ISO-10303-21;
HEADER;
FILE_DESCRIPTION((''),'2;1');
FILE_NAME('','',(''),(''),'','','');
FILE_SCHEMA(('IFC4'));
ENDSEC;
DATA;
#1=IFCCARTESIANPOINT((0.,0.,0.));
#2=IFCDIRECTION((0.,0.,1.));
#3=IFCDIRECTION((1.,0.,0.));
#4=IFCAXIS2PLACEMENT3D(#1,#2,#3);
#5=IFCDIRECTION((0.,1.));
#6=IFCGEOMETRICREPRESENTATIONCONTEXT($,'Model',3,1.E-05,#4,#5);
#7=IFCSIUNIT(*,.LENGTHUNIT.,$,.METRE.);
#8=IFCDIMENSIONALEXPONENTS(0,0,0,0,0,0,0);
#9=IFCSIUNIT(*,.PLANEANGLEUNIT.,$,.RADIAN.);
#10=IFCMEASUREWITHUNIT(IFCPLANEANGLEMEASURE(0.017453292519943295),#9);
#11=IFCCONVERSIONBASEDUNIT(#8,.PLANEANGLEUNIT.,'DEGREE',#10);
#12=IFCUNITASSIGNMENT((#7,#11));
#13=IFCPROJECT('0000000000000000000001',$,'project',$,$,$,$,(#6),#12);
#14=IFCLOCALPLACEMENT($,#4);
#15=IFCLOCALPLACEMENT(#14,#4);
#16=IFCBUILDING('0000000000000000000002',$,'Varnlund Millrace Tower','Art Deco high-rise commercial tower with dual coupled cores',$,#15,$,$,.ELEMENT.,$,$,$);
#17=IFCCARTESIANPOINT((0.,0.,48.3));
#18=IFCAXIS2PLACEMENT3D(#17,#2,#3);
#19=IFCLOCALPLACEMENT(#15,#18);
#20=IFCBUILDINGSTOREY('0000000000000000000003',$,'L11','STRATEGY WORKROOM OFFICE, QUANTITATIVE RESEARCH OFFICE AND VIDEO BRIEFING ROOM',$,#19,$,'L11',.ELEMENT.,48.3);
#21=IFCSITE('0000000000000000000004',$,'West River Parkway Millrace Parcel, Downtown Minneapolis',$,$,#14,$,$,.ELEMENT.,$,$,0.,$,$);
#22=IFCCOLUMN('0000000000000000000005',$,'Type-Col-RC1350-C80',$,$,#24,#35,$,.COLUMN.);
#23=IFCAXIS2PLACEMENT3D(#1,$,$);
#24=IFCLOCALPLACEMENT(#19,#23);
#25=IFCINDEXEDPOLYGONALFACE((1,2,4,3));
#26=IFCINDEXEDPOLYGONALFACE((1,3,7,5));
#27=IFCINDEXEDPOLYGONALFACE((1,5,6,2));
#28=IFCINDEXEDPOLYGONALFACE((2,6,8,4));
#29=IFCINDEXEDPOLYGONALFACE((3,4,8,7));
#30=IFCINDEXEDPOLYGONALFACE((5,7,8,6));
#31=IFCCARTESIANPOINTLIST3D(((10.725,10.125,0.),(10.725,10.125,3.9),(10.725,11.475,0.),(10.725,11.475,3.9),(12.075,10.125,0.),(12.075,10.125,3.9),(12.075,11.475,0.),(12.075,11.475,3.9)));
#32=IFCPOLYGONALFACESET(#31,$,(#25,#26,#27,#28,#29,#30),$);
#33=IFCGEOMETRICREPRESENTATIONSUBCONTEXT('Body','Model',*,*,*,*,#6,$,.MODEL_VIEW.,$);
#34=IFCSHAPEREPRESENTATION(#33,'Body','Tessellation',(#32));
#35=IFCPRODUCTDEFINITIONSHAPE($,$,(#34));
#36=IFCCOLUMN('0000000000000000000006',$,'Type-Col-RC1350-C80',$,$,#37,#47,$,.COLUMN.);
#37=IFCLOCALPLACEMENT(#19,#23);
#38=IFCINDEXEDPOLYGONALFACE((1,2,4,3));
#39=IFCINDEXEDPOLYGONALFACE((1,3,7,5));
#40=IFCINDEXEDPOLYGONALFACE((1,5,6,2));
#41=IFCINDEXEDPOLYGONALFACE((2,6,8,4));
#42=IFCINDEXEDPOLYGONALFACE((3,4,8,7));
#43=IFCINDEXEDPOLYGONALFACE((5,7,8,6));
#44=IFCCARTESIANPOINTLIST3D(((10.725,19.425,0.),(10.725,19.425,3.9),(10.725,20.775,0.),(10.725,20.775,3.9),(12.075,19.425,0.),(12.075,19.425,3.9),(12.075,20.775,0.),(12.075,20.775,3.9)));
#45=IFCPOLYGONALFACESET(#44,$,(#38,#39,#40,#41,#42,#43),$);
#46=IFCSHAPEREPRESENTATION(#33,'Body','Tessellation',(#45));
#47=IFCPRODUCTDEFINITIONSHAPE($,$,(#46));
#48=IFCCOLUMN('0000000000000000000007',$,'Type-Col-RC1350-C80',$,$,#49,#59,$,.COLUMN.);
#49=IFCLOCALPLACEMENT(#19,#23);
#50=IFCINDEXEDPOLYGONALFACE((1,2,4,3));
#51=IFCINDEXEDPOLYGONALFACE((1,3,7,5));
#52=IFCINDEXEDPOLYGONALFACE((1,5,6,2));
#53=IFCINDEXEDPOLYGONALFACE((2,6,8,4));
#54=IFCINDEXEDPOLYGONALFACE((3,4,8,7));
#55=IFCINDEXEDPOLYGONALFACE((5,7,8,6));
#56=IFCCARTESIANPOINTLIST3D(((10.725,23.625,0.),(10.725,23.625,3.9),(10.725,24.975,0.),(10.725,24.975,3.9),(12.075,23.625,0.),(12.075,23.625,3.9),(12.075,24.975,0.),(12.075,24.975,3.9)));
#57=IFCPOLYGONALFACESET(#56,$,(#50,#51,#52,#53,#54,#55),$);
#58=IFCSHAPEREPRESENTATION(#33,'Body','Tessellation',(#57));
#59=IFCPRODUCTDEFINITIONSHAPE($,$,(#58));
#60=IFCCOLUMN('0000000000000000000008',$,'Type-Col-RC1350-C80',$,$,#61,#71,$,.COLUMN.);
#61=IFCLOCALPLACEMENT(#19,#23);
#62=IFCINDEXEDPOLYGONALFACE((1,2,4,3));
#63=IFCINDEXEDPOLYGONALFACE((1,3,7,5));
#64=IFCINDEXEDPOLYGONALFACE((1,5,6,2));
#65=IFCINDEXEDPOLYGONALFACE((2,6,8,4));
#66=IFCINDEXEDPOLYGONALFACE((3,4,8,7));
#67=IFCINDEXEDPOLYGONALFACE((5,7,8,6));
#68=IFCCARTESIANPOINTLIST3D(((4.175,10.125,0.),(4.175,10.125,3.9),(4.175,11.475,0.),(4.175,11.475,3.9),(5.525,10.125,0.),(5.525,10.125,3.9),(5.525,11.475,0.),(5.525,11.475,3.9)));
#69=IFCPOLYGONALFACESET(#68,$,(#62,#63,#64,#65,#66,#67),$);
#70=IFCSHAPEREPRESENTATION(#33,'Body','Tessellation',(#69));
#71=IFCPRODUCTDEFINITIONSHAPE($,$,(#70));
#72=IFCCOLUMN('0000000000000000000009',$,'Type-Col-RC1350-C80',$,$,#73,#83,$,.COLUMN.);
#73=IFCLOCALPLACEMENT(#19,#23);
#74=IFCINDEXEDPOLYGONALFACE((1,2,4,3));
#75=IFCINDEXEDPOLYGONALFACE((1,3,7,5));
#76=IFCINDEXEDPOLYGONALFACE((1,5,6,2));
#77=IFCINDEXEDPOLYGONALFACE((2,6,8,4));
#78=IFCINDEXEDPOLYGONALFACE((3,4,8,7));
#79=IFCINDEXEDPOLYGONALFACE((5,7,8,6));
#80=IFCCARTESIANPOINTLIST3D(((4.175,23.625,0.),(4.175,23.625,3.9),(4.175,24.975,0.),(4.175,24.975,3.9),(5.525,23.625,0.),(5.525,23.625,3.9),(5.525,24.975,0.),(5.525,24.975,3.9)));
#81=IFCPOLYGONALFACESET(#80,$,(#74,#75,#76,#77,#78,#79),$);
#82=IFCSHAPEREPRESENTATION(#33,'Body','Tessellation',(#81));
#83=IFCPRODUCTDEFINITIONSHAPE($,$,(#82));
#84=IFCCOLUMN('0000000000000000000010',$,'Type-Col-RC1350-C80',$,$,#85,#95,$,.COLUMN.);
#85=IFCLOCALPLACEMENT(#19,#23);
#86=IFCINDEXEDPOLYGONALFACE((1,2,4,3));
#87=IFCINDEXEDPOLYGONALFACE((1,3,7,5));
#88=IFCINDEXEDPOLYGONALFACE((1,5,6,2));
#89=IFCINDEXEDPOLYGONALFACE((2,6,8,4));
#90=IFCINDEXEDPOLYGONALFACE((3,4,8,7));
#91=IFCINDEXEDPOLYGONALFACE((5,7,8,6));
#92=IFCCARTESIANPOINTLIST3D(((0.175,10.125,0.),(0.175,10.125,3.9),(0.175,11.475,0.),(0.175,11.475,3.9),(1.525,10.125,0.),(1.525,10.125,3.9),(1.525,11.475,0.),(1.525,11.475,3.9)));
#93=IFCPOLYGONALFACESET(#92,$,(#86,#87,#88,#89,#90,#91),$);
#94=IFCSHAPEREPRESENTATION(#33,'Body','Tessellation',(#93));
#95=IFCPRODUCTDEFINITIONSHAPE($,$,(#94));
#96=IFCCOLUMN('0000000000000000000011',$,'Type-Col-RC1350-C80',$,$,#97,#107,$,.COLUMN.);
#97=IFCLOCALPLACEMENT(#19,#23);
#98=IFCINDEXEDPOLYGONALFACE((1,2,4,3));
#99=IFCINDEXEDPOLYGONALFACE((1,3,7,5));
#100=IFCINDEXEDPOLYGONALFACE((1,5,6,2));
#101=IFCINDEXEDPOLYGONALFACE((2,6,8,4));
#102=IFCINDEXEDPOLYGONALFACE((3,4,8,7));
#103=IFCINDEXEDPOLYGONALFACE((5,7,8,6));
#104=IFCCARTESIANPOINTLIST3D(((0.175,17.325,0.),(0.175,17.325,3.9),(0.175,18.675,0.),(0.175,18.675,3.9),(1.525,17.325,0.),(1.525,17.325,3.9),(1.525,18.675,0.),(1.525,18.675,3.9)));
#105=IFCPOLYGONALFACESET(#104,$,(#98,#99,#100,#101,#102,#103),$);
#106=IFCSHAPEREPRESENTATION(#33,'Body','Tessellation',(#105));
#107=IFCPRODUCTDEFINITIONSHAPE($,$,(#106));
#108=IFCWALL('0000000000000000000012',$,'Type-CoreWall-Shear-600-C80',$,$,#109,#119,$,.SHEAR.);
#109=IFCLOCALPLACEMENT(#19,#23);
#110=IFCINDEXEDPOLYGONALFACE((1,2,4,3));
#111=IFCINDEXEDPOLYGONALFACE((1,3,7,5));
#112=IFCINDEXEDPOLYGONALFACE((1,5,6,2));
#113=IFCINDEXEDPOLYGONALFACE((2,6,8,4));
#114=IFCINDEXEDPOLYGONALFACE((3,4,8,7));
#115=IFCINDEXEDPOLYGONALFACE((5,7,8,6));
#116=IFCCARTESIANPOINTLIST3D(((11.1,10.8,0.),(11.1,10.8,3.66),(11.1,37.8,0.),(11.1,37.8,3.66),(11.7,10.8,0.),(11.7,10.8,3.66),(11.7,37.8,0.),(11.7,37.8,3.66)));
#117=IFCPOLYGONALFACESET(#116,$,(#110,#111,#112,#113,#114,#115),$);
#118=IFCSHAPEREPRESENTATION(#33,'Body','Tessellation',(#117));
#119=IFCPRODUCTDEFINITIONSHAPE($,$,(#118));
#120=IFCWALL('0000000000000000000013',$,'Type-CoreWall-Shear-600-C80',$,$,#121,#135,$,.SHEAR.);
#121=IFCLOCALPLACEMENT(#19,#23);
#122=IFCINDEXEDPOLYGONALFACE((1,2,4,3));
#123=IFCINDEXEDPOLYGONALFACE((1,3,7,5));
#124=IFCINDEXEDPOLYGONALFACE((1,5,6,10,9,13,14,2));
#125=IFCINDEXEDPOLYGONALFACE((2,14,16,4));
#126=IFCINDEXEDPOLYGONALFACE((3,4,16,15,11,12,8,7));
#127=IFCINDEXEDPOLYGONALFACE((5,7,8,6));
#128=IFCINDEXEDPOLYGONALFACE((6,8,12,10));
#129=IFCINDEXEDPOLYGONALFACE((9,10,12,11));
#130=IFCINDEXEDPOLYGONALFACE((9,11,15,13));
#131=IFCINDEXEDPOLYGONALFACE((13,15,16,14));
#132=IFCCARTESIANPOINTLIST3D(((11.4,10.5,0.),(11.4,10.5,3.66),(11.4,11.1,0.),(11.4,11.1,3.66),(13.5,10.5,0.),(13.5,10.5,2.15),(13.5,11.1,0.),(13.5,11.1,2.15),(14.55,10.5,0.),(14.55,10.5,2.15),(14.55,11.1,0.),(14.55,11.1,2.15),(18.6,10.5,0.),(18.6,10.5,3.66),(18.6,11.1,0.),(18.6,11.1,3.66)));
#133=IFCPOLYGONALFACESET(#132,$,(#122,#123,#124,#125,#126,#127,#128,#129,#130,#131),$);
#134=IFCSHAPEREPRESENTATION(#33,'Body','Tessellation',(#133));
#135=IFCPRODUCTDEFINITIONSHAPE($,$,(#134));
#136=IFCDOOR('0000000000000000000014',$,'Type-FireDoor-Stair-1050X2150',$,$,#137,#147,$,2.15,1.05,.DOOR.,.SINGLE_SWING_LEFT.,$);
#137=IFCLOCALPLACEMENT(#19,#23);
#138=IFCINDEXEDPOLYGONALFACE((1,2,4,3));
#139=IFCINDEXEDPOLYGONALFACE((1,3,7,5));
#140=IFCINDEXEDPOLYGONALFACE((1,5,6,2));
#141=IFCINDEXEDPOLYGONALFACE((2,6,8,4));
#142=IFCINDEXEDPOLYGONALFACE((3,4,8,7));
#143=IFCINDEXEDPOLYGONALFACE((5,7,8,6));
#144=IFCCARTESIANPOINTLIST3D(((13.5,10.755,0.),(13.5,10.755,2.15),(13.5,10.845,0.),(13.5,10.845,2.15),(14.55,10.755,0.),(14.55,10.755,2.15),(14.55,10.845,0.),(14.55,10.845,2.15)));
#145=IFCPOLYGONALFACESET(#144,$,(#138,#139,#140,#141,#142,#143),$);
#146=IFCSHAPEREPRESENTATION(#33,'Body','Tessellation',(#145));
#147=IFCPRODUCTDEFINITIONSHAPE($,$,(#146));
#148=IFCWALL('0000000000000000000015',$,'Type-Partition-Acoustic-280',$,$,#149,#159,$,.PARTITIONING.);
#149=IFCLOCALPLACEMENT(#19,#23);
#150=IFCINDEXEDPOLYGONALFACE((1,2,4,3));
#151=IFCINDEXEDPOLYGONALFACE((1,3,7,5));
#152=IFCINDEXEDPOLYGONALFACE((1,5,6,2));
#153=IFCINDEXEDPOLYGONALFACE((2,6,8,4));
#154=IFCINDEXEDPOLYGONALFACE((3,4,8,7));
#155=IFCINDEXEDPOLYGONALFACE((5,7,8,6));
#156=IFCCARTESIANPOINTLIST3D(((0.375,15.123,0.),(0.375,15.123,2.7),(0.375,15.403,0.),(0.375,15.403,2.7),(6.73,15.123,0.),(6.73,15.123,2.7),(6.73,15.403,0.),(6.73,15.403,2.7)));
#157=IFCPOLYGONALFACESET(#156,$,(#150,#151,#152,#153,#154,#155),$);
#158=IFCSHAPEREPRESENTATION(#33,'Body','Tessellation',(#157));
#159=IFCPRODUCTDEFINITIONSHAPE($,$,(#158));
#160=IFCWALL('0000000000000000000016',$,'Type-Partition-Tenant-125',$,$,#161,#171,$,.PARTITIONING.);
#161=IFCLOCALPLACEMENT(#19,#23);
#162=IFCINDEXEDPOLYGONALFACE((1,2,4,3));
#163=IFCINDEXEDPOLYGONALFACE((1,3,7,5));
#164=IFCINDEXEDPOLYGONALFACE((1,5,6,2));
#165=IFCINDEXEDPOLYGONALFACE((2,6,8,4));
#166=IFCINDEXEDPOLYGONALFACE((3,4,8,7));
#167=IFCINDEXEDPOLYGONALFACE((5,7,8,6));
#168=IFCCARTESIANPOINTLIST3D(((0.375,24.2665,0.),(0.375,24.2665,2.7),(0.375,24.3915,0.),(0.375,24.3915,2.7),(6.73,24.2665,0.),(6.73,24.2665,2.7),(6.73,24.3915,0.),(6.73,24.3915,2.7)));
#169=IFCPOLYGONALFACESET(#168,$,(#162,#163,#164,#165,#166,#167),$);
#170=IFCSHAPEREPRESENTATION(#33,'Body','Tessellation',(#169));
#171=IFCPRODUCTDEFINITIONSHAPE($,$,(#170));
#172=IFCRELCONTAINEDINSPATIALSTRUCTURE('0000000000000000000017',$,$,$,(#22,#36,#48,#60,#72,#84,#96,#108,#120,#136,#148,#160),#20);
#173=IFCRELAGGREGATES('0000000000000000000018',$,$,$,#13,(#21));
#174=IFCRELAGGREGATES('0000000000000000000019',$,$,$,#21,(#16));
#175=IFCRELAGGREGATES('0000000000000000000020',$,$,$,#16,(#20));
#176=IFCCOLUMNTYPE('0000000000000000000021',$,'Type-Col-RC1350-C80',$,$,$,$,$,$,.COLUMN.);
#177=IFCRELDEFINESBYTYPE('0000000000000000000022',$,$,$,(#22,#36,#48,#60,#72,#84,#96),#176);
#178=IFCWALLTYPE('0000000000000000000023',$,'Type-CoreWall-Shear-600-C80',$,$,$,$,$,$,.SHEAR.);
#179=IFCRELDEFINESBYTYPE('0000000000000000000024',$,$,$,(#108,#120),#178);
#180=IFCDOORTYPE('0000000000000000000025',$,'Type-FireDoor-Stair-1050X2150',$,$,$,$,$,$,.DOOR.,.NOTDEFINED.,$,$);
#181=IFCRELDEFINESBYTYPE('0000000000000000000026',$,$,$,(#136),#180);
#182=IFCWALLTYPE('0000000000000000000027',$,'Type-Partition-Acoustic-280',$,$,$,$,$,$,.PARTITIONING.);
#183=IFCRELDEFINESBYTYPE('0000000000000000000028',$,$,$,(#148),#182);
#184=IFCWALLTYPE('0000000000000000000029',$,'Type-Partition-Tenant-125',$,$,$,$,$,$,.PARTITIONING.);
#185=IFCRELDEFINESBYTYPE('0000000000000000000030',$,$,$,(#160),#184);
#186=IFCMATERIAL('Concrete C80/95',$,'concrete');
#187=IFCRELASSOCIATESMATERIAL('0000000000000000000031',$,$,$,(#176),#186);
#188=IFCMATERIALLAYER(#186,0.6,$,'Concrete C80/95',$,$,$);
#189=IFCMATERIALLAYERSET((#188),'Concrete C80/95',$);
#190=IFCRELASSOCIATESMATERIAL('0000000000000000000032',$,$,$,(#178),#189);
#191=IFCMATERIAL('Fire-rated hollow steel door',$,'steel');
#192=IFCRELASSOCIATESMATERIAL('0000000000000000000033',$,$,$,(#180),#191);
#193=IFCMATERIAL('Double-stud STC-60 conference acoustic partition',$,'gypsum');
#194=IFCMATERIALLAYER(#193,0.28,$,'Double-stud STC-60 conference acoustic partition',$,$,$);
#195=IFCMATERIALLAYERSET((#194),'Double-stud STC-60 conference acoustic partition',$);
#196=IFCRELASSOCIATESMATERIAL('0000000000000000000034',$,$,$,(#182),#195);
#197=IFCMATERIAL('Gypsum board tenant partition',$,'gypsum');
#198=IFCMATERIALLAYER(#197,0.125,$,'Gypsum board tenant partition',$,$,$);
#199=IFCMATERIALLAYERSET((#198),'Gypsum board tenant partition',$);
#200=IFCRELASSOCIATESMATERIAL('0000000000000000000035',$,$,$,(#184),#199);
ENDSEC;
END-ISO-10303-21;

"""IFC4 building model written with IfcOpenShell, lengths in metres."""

from ifc_helpers import new_model, entity, si_unit, converted_unit, direction, frame, origin_with_axes, origin_2d_with_axis, place, context, subcontext, project, spatial, polyline, rectangle, outline, extrude, material, layer, layer_set, material_profile, profile_set, type_object, element, fill, save


model = new_model("IFC4")

# Units and contexts
model_context = context("Model", 3, precision=1e-05, world=origin_with_axes(), true_north=direction((0.0, 1.0)))
body_context = subcontext(model_context, "Body", "Model", "MODEL_VIEW")
ifc_project = project(units=[si_unit("LENGTHUNIT", "METRE"), converted_unit("PLANEANGLEUNIT", "DEGREE", entity("IfcPlaneAngleMeasure", 0.017453292519943295), si_unit("PLANEANGLEUNIT", "RADIAN"), dimensions=[0, 0, 0, 0, 0, 0, 0])], contexts=[model_context])

# Site, building, storey
site_placement = place(None, origin_with_axes())
site = spatial("IfcSite", under=ifc_project, at=site_placement, Name="West River Parkway Millrace Parcel, Downtown Minneapolis", CompositionType="ELEMENT", RefElevation=0.0)
building_placement = place(site_placement, origin_with_axes())
building = spatial("IfcBuilding", under=site, at=building_placement, Name="Varnlund Millrace Tower", Description="Art Deco high-rise commercial tower with dual coupled cores", CompositionType="ELEMENT")
storey_placement = place(building_placement, frame((0.0, 0.0, 48.3), z_axis=(0.0, 0.0, 1.0), x_axis=(1.0, 0.0, 0.0)))
storey = spatial("IfcBuildingStorey", under=building, at=storey_placement, Name="L11", Description="STRATEGY WORKROOM OFFICE, QUANTITATIVE RESEARCH OFFICE AND VIDEO BRIEFING ROOM", LongName="L11", CompositionType="ELEMENT", Elevation=48.3)

# Columns
ifc_material_1 = material(Name="Concrete C80/95", Category="concrete")
ifc_material_profile = material_profile(ifc_material_1, rectangle(XDim=1.35, YDim=1.35, at=origin_2d_with_axis()), Name="Concrete C80/95")
ifc_profile_set = profile_set([ifc_material_profile], Name="Concrete C80/95")
column_type = type_object("IfcColumnType", Name="Type-Col-RC1350-C80", PredefinedType="COLUMN", material=ifc_profile_set)
for number, where, z_axis, x_axis, name in (
    (1, (11.4, 10.8, 0.0), (0.0, 0.0, 1.0), (1.0, 0.0, 0.0), "Type-Col-RC1350-C80"),
    (2, (11.4, 20.1, 0.0), (0.0, 0.0, 1.0), (1.0, 0.0, 0.0), "Type-Col-RC1350-C80"),
    (3, (11.4, 24.3, 0.0), (0.0, 0.0, 1.0), (1.0, 0.0, 0.0), "Type-Col-RC1350-C80"),
    (4, (4.85, 10.8, 0.0), (0.0, 0.0, 1.0), (1.0, 0.0, 0.0), "Type-Col-RC1350-C80"),
    (5, (4.85, 24.3, 0.0), (0.0, 0.0, 1.0), (1.0, 0.0, 0.0), "Type-Col-RC1350-C80"),
    (6, (0.85, 10.8, 0.0), (0.0, 0.0, 1.0), (1.0, 0.0, 0.0), "Type-Col-RC1350-C80"),
    (7, (0.85, 18.0, 0.0), (0.0, 0.0, 1.0), (1.0, 0.0, 0.0), "Type-Col-RC1350-C80"),
):
    element("IfcColumn", number, at=place(storey_placement, frame(where, z_axis=z_axis, x_axis=x_axis)), inside=storey, type_object=column_type, Name=name, PredefinedType="COLUMN", context=body_context, shape_type="SweptSolid", body=[
        extrude(rectangle(XDim=1.35, YDim=1.35, at=origin_2d_with_axis()), origin_with_axes(), (0.0, 0.0, 1.0), 3.9),
    ])

# Wall
ifc_layer_1 = layer(ifc_material_1, 0.6, Name="Concrete C80/95")
ifc_layer_set_1 = layer_set([ifc_layer_1], Name="Concrete C80/95")
wall_type_1 = type_object("IfcWallType", Name="Type-CoreWall-Shear-600-C80", PredefinedType="SHEAR", material=ifc_layer_set_1)
wall_1_placement = place(storey_placement, frame((11.4, 10.8, 0.0), z_axis=(0.0, 0.0, 1.0), x_axis=(0.0, 1.0, 0.0)))
element("IfcWall", 8, at=wall_1_placement, inside=storey, type_object=wall_type_1, Name="Type-CoreWall-Shear-600-C80", PredefinedType="SHEAR", context=body_context, shape_type="SweptSolid", body=[
    extrude(outline(polyline([(0.0, -0.3), (27.0, -0.3), (27.0, 0.3), (0.0, 0.3), (0.0, -0.3)])), origin_with_axes(), (0.0, 0.0, 1.0), 3.66),
])

# Wall, opening, door
wall_2_placement = place(storey_placement, frame((11.4, 10.8, 0.0), z_axis=(0.0, 0.0, 1.0), x_axis=(1.0, 0.0, 0.0)))
wall_2 = element("IfcWall", 9, at=wall_2_placement, inside=storey, type_object=wall_type_1, Name="Type-CoreWall-Shear-600-C80", PredefinedType="SHEAR", context=body_context, shape_type="SweptSolid", body=[
    extrude(outline(polyline([(0.0, -0.3), (7.2, -0.3), (7.2, 0.3), (0.0, 0.3), (0.0, -0.3)])), origin_with_axes(), (0.0, 0.0, 1.0), 3.66),
])
opening_1_placement = place(wall_2_placement, frame((2.625, 0.0, 0.0), z_axis=(0.0, 0.0, 1.0), x_axis=(1.0, 0.0, 0.0)))
opening_1 = element("IfcOpeningElement", 10, at=opening_1_placement, cuts=wall_2, PredefinedType="OPENING", context=body_context, shape_type="SweptSolid", body=[
    extrude(rectangle(XDim=1.05, YDim=0.62, at=origin_2d_with_axis()), origin_with_axes(), (0.0, 0.0, 1.0), 2.15),
])
ifc_material_2 = material(Name="Fire-rated hollow steel door", Category="steel")
door_type_1 = type_object("IfcDoorType", Name="Type-FireDoor-Stair-1050X2150", OperationType="NOTDEFINED", PredefinedType="DOOR", material=ifc_material_2)
door_1_placement = place(wall_2_placement, frame((2.625, 0.0, 0.0), z_axis=(0.0, 0.0, 1.0), x_axis=(1.0, 0.0, 0.0)))
door_1 = element("IfcDoor", 11, at=door_1_placement, inside=storey, type_object=door_type_1, Name="Type-FireDoor-Stair-1050X2150", OperationType="SINGLE_SWING_LEFT", OverallHeight=2.15, OverallWidth=1.05, PredefinedType="DOOR", context=body_context, shape_type="SweptSolid", body=[
    extrude(rectangle(XDim=1.05, YDim=0.09, at=origin_2d_with_axis()), origin_with_axes(), (0.0, 0.0, 1.0), 2.15),
])
fill(opening_1, door_1)

# Wall
ifc_material_3 = material(Name="Double-stud STC-60 conference acoustic partition", Category="gypsum")
ifc_layer_2 = layer(ifc_material_3, 0.28, Name="Double-stud STC-60 conference acoustic partition")
ifc_layer_set_2 = layer_set([ifc_layer_2], Name="Double-stud STC-60 conference acoustic partition")
wall_type_2 = type_object("IfcWallType", Name="Type-Partition-Acoustic-280", PredefinedType="PARTITIONING", material=ifc_layer_set_2)
wall_3_placement = place(storey_placement, frame((0.375, 15.263, 0.0), z_axis=(0.0, 0.0, 1.0), x_axis=(1.0, 0.0, 0.0)))
element("IfcWall", 12, at=wall_3_placement, inside=storey, type_object=wall_type_2, Name="Type-Partition-Acoustic-280", PredefinedType="PARTITIONING", context=body_context, shape_type="SweptSolid", body=[
    extrude(outline(polyline([(0.0, -0.14), (6.355, -0.14), (6.355, 0.14), (0.0, 0.14), (0.0, -0.14)])), origin_with_axes(), (0.0, 0.0, 1.0), 2.7),
])

# Wall
ifc_material_4 = material(Name="Gypsum board tenant partition", Category="gypsum")
ifc_layer_3 = layer(ifc_material_4, 0.125, Name="Gypsum board tenant partition")
ifc_layer_set_3 = layer_set([ifc_layer_3], Name="Gypsum board tenant partition")
wall_type_3 = type_object("IfcWallType", Name="Type-Partition-Tenant-125", PredefinedType="PARTITIONING", material=ifc_layer_set_3)
wall_4_placement = place(storey_placement, frame((0.375, 24.329, 0.0), z_axis=(0.0, 0.0, 1.0), x_axis=(1.0, 0.0, 0.0)))
element("IfcWall", 13, at=wall_4_placement, inside=storey, type_object=wall_type_3, Name="Type-Partition-Tenant-125", PredefinedType="PARTITIONING", context=body_context, shape_type="SweptSolid", body=[
    extrude(outline(polyline([(0.0, -0.0625), (6.355, -0.0625), (6.355, 0.0625), (0.0, 0.0625), (0.0, -0.0625)])), origin_with_axes(), (0.0, 0.0, 1.0), 2.7),
])

save(model, "model.ifc")
